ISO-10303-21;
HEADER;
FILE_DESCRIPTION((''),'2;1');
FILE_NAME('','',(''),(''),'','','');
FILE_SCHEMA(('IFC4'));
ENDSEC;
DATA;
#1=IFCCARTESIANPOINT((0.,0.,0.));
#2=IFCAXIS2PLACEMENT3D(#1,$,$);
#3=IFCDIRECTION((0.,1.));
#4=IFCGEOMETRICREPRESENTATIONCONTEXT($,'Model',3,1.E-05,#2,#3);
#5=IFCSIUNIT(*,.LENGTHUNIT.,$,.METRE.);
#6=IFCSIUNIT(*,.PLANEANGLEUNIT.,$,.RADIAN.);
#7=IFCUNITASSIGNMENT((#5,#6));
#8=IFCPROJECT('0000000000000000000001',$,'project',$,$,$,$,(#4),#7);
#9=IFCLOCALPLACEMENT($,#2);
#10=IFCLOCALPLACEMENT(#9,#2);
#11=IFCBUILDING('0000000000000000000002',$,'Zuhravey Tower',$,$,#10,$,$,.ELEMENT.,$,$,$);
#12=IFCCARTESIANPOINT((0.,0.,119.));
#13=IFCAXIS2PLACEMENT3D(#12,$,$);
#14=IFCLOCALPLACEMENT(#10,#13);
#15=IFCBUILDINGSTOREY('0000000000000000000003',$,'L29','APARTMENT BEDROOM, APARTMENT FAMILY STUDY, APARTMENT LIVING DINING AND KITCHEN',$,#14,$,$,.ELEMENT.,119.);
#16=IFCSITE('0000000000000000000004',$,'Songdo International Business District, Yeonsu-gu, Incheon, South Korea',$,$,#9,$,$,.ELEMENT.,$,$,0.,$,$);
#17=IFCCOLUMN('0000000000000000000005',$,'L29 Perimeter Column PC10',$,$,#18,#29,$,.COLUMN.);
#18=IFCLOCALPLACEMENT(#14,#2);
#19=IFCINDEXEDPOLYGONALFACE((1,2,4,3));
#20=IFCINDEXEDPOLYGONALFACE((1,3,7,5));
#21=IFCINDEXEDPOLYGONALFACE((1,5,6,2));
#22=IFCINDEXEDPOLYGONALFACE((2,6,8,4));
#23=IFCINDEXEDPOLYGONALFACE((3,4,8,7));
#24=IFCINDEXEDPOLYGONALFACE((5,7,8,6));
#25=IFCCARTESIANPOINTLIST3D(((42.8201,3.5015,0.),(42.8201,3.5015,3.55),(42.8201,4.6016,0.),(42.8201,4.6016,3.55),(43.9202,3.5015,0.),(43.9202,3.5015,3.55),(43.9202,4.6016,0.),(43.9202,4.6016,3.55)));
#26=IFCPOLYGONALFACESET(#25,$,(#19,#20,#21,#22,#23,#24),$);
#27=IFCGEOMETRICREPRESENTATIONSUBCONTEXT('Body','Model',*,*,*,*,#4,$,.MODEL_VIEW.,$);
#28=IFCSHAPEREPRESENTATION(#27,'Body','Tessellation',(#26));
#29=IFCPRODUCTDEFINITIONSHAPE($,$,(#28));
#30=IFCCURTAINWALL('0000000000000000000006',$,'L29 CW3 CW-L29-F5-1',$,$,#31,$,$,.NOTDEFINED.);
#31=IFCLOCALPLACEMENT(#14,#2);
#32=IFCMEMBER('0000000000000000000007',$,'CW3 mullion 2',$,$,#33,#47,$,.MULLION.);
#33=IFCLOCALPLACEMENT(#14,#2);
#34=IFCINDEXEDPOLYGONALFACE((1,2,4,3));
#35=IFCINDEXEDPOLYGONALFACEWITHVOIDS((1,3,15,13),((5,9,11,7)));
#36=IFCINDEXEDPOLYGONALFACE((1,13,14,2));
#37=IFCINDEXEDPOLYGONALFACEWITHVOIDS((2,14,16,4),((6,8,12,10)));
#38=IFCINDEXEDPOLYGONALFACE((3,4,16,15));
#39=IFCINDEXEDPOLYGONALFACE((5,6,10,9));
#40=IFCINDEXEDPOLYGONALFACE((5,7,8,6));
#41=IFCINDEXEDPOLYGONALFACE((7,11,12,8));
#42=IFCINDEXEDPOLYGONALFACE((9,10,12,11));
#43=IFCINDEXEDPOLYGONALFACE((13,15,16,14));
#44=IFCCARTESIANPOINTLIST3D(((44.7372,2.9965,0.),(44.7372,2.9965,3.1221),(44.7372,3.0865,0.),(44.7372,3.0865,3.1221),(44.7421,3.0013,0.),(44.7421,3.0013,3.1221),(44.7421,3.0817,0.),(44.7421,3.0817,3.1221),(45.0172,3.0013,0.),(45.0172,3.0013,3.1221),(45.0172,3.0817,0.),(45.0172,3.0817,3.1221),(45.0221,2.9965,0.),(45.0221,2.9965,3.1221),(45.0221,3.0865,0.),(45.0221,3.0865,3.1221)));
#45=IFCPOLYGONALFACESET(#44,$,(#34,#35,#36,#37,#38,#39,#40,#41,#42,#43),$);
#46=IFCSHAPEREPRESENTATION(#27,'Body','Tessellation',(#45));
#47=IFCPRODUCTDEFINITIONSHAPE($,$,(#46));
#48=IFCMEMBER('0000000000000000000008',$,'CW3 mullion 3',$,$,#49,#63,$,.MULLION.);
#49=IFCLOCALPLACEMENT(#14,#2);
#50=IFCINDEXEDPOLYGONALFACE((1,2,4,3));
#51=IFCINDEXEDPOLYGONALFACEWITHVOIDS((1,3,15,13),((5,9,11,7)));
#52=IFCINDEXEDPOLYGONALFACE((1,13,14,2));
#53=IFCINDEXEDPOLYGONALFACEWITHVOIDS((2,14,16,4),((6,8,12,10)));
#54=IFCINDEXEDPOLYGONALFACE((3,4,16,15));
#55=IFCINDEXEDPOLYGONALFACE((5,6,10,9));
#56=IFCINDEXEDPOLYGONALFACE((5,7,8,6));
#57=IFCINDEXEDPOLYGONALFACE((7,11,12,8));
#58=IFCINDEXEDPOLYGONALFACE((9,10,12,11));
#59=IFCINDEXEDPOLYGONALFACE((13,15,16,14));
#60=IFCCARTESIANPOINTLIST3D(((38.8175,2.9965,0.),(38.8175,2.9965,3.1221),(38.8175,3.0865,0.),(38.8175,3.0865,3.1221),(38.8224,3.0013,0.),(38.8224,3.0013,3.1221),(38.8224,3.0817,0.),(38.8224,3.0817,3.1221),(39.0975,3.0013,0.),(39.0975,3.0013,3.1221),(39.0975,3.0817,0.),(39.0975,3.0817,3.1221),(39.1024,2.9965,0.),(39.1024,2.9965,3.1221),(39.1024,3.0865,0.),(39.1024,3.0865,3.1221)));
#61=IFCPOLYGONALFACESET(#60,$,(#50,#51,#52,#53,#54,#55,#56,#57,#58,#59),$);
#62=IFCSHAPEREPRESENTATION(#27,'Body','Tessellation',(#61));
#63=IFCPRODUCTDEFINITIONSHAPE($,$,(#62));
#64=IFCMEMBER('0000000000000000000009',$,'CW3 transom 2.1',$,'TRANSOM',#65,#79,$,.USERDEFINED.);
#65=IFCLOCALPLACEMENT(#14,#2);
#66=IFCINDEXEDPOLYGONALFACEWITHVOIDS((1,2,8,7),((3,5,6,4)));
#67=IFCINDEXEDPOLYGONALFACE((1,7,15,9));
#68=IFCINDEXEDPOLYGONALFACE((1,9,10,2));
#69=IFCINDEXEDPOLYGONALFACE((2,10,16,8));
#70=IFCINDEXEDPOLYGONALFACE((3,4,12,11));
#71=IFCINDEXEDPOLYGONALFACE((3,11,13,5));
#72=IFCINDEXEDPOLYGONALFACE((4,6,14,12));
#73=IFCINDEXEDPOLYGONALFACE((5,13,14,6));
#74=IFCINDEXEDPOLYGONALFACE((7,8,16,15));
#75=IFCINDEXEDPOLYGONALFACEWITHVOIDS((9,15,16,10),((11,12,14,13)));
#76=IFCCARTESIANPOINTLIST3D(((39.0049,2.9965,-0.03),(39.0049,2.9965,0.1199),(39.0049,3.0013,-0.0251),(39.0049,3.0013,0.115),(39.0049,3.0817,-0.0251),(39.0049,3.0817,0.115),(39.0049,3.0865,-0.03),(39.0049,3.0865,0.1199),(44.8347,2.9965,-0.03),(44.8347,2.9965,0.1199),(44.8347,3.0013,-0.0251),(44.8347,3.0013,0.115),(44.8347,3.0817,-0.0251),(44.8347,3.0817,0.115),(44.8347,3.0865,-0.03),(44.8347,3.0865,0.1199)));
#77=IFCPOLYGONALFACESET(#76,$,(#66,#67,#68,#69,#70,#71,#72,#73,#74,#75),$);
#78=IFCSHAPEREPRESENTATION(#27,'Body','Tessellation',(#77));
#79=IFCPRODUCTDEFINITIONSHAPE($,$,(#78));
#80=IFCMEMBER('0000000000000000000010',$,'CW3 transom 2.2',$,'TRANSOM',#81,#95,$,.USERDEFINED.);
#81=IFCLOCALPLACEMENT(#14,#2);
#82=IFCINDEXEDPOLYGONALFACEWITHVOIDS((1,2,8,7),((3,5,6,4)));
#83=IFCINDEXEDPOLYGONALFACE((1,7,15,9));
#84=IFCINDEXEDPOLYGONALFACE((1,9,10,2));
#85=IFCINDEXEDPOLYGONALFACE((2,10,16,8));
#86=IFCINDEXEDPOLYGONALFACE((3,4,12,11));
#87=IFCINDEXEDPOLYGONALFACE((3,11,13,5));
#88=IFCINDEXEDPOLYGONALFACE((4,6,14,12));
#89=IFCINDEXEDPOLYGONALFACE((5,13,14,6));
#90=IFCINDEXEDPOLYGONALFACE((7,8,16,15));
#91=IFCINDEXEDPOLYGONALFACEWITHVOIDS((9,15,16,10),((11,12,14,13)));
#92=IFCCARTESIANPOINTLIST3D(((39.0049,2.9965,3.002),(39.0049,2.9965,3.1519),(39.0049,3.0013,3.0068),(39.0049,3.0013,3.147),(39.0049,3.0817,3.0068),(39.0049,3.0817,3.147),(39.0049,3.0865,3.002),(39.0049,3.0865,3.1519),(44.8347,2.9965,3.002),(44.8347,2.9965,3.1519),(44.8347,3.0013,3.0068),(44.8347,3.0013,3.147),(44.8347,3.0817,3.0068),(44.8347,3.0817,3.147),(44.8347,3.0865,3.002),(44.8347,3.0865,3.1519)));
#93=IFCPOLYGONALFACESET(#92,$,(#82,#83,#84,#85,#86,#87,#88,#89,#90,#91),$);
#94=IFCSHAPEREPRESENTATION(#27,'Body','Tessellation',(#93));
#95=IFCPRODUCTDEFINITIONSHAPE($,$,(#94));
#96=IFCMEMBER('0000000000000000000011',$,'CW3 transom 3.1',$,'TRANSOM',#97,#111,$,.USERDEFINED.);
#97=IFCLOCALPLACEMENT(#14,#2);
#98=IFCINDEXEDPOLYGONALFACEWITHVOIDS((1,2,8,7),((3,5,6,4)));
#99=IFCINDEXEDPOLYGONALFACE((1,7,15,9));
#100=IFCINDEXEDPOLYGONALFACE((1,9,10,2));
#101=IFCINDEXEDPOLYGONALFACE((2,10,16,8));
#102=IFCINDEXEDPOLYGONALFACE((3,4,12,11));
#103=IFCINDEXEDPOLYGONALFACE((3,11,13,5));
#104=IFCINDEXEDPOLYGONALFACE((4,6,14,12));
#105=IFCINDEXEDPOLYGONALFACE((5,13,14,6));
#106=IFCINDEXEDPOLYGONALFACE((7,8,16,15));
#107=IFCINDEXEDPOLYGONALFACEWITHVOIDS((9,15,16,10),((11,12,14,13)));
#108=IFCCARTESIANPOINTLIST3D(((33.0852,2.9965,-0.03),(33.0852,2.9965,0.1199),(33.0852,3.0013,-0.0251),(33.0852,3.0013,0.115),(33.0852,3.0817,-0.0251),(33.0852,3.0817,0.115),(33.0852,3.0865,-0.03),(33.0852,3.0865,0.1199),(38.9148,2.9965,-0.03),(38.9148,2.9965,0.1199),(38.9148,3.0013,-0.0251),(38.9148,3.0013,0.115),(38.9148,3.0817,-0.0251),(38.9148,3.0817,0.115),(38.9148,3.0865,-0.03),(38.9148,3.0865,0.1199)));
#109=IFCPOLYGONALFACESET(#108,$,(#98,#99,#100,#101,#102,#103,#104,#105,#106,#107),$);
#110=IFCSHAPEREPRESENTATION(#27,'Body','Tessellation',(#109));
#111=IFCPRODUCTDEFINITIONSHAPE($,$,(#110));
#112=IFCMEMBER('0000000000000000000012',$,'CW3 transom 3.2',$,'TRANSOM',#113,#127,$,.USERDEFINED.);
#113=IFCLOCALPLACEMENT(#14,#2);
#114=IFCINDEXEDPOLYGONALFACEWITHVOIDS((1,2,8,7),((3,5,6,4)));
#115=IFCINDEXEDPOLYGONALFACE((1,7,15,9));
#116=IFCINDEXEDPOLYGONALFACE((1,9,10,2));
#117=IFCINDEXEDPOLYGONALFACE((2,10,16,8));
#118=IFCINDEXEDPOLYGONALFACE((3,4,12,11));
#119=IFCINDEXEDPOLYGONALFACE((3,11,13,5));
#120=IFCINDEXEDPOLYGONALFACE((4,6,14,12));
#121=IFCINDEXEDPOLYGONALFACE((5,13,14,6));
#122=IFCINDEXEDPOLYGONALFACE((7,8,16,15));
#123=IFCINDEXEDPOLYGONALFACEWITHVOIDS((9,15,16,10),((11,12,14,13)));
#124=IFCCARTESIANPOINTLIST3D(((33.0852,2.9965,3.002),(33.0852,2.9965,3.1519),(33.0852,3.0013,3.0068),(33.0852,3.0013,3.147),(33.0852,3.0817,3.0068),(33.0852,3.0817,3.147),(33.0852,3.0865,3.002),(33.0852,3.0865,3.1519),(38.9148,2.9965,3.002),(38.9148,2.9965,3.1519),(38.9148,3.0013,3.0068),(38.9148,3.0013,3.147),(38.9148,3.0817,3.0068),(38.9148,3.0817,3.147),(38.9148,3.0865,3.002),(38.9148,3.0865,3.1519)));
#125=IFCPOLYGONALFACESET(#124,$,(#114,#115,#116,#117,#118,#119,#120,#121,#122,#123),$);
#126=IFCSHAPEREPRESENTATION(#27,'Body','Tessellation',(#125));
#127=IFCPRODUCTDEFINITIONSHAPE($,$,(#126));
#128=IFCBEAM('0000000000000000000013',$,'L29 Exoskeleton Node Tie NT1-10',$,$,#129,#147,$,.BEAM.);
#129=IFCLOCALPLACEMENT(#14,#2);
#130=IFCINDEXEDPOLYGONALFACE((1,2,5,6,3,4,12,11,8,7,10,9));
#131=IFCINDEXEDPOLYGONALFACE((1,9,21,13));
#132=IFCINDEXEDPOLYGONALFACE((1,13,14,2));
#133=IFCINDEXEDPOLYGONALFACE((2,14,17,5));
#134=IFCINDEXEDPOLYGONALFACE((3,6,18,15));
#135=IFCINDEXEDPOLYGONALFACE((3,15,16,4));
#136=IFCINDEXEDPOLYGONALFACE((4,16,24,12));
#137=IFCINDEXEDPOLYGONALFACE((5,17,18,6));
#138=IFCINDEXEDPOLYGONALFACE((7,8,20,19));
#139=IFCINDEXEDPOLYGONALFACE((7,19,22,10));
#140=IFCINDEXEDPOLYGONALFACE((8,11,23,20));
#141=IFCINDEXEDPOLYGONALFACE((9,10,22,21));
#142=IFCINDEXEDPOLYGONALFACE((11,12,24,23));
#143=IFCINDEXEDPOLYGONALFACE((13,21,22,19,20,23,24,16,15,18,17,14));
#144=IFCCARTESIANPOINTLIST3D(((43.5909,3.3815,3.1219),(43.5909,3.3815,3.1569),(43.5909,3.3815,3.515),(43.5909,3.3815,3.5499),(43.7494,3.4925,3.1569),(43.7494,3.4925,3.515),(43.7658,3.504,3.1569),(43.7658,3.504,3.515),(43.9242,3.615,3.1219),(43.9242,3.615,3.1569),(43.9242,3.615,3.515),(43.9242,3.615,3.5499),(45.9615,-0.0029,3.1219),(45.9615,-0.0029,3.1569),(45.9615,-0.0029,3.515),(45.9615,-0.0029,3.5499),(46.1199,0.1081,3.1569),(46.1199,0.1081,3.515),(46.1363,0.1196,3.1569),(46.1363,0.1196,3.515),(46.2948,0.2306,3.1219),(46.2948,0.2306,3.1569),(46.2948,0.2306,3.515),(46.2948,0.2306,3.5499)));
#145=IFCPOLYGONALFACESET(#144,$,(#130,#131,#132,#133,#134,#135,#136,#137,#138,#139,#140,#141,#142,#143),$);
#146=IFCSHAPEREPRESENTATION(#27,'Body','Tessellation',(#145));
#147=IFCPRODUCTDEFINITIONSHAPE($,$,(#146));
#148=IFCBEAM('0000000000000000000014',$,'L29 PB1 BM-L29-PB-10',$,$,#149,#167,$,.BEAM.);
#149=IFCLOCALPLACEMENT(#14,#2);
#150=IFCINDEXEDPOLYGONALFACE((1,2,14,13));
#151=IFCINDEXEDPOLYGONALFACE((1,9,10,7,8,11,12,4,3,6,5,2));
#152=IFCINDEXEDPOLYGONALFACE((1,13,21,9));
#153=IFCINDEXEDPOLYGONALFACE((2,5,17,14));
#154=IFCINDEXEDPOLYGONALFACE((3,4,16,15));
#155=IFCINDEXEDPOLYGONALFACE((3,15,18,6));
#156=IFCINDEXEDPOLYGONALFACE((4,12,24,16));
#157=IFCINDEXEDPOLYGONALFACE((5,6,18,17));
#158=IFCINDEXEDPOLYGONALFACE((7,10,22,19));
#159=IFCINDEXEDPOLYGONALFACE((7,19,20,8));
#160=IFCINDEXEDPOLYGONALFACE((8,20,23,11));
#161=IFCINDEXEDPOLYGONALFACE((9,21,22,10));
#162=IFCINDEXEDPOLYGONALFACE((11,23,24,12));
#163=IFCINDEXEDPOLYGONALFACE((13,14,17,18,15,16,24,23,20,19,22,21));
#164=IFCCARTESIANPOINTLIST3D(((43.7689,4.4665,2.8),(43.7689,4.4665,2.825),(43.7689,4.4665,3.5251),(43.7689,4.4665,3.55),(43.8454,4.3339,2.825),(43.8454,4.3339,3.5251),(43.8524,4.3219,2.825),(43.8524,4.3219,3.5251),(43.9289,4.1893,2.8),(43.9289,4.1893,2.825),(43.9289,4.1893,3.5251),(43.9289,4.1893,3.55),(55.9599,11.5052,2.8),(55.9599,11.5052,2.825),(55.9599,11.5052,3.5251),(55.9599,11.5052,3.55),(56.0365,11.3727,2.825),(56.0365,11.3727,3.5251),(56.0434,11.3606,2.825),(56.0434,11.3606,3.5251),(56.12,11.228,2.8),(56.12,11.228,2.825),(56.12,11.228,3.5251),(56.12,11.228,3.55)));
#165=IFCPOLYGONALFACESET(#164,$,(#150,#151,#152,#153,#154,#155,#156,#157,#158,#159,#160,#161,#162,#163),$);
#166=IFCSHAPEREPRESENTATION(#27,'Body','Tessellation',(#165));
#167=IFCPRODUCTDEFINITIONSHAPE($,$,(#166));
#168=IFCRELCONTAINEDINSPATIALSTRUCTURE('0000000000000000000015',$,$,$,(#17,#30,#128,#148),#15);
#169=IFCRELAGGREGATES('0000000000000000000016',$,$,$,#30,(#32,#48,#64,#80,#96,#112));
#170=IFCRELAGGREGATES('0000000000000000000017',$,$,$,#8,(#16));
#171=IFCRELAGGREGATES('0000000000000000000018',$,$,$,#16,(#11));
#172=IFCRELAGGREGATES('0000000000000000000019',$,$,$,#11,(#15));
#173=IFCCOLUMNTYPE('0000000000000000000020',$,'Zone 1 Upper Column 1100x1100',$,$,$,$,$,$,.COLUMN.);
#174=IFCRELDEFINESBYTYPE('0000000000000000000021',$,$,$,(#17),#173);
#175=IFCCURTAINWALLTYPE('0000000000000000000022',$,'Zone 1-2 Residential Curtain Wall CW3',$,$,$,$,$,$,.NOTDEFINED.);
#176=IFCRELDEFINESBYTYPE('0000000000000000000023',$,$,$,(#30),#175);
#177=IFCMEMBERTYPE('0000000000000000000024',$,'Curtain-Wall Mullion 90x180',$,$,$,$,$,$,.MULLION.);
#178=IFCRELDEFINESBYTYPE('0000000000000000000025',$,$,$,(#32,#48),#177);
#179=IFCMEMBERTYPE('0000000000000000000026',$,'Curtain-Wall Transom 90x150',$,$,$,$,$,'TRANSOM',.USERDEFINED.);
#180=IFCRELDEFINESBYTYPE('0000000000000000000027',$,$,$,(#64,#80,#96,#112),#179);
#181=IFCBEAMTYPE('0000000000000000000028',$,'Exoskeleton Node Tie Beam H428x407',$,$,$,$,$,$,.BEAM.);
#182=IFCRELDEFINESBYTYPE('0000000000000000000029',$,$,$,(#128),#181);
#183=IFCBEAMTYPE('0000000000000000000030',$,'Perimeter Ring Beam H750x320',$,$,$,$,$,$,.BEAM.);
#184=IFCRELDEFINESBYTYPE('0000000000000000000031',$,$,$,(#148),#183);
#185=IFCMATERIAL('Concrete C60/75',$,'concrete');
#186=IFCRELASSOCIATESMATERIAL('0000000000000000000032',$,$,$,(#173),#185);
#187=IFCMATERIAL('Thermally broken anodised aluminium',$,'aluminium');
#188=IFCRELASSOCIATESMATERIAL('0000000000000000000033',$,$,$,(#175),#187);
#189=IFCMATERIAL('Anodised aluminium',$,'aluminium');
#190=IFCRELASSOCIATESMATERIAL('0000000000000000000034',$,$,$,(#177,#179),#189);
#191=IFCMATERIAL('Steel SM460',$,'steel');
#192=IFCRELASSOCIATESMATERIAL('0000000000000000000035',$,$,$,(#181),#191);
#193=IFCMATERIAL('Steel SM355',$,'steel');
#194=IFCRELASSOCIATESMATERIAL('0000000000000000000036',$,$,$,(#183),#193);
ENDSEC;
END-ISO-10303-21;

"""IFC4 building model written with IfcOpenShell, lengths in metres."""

from ifc_helpers import new_model, si_unit, direction, frame, origin, origin_2d, place, context, subcontext, project, spatial, rectangle, hollow_rectangle, i_section, extrude, material, material_profile, profile_set, type_object, element, aggregate, save


model = new_model("IFC4")

# Units and contexts
model_context = context("Model", 3, precision=1e-05, world=origin(), true_north=direction((0.0, 1.0)))
body_context = subcontext(model_context, "Body", "Model", "MODEL_VIEW")
ifc_project = project(units=[si_unit("LENGTHUNIT", "METRE"), si_unit("PLANEANGLEUNIT", "RADIAN")], contexts=[model_context])

# Site, building, storey
site_placement = place(None, origin())
site = spatial("IfcSite", under=ifc_project, at=site_placement, Name="Songdo International Business District, Yeonsu-gu, Incheon, South Korea", CompositionType="ELEMENT", RefElevation=0.0)
building_placement = place(site_placement, origin())
building = spatial("IfcBuilding", under=site, at=building_placement, Name="Zuhravey Tower", CompositionType="ELEMENT")
storey_placement = place(building_placement, frame((0.0, 0.0, 119.0)))
storey = spatial("IfcBuildingStorey", under=building, at=storey_placement, Name="L29", Description="APARTMENT BEDROOM, APARTMENT FAMILY STUDY, APARTMENT LIVING DINING AND KITCHEN", CompositionType="ELEMENT", Elevation=119.0)

# Column
ifc_material_1 = material(Name="Concrete C60/75", Category="concrete")
ifc_material_profile_1 = material_profile(ifc_material_1, rectangle(XDim=1.1001, YDim=1.1001, at=origin_2d()), Name="RC-1100x1100")
ifc_profile_set_1 = profile_set([ifc_material_profile_1], Name="Concrete C60/75")
column_type = type_object("IfcColumnType", Name="Zone 1 Upper Column 1100x1100", PredefinedType="COLUMN", material=ifc_profile_set_1)
column_placement = place(storey_placement, frame((43.3701, 4.0515, 0.0), z_axis=(0.0, 0.0, 1.0), x_axis=(1.0, 0.0, 0.0)))
element("IfcColumn", 1, at=column_placement, inside=storey, type_object=column_type, Name="L29 Perimeter Column PC10", PredefinedType="COLUMN", context=body_context, shape_type="SweptSolid", body=[
    extrude(rectangle(XDim=1.1001, YDim=1.1001, at=origin_2d()), origin(), (0.0, 0.0, 1.0), 3.55),
])

# Curtain wall, members
ifc_material_2 = material(Name="Thermally broken anodised aluminium", Category="aluminium")
curtain_wall_type = type_object("IfcCurtainWallType", Name="Zone 1-2 Residential Curtain Wall CW3", PredefinedType="NOTDEFINED", material=ifc_material_2)
curtain_wall_placement = place(storey_placement, origin())
curtain_wall = element("IfcCurtainWall", 2, at=curtain_wall_placement, inside=storey, type_object=curtain_wall_type, Name="L29 CW3 CW-L29-F5-1", PredefinedType="NOTDEFINED")
ifc_material_3 = material(Name="Anodised aluminium", Category="aluminium")
ifc_material_profile_2 = material_profile(ifc_material_3, hollow_rectangle(XDim=0.0901, YDim=0.2849, WallThickness=0.0049, at=origin_2d()), Name="ALU-RHS-90x285x5")
ifc_profile_set_2 = profile_set([ifc_material_profile_2], Name="Anodised aluminium")
member_type_1 = type_object("IfcMemberType", Name="Curtain-Wall Mullion 90x180", PredefinedType="MULLION", material=ifc_profile_set_2)
member_1_placement = place(storey_placement, frame((44.8796, 3.0415, 0.0), z_axis=(0.0, 0.0, 1.0), x_axis=(0.0, -1.0, 0.0)))
member_1 = element("IfcMember", 3, at=member_1_placement, type_object=member_type_1, Name="CW3 mullion 2", PredefinedType="MULLION", context=body_context, shape_type="SweptSolid", body=[
    extrude(hollow_rectangle(XDim=0.0901, YDim=0.2849, WallThickness=0.0049, at=origin_2d()), origin(), (0.0, 0.0, 1.0), 3.1221),
])
member_2_placement = place(storey_placement, frame((38.96, 3.0415, 0.0), z_axis=(0.0, 0.0, 1.0), x_axis=(0.0, -1.0, 0.0)))
member_2 = element("IfcMember", 4, at=member_2_placement, type_object=member_type_1, Name="CW3 mullion 3", PredefinedType="MULLION", context=body_context, shape_type="SweptSolid", body=[
    extrude(hollow_rectangle(XDim=0.0901, YDim=0.2849, WallThickness=0.0049, at=origin_2d()), origin(), (0.0, 0.0, 1.0), 3.1221),
])
ifc_material_profile_3 = material_profile(ifc_material_3, hollow_rectangle(XDim=0.0901, YDim=0.1499, WallThickness=0.0049, at=origin_2d()), Name="ALU-RHS-90x150x5")
ifc_profile_set_3 = profile_set([ifc_material_profile_3], Name="Anodised aluminium")
member_type_2 = type_object("IfcMemberType", Name="Curtain-Wall Transom 90x150", ElementType="TRANSOM", PredefinedType="USERDEFINED", material=ifc_profile_set_3)
member_3_placement = place(storey_placement, frame((44.8347, 3.0415, 0.0449), z_axis=(-1.0, 0.0, 0.0), x_axis=(0.0, -1.0, 0.0)))
member_3 = element("IfcMember", 5, at=member_3_placement, type_object=member_type_2, Name="CW3 transom 2.1", ObjectType="TRANSOM", PredefinedType="USERDEFINED", context=body_context, shape_type="SweptSolid", body=[
    extrude(hollow_rectangle(XDim=0.0901, YDim=0.1499, WallThickness=0.0049, at=origin_2d()), origin(), (0.0, 0.0, 1.0), 5.8298),
])
member_4_placement = place(storey_placement, frame((44.8347, 3.0415, 3.0769), z_axis=(-1.0, 0.0, 0.0), x_axis=(0.0, -1.0, 0.0)))
member_4 = element("IfcMember", 6, at=member_4_placement, type_object=member_type_2, Name="CW3 transom 2.2", ObjectType="TRANSOM", PredefinedType="USERDEFINED", context=body_context, shape_type="SweptSolid", body=[
    extrude(hollow_rectangle(XDim=0.0901, YDim=0.1499, WallThickness=0.0049, at=origin_2d()), origin(), (0.0, 0.0, 1.0), 5.8298),
])
member_5_placement = place(storey_placement, frame((38.9148, 3.0415, 0.0449), z_axis=(-1.0, 0.0, 0.0), x_axis=(0.0, -1.0, 0.0)))
member_5 = element("IfcMember", 7, at=member_5_placement, type_object=member_type_2, Name="CW3 transom 3.1", ObjectType="TRANSOM", PredefinedType="USERDEFINED", context=body_context, shape_type="SweptSolid", body=[
    extrude(hollow_rectangle(XDim=0.0901, YDim=0.1499, WallThickness=0.0049, at=origin_2d()), origin(), (0.0, 0.0, 1.0), 5.8296),
])
member_6_placement = place(storey_placement, frame((38.9148, 3.0415, 3.0769), z_axis=(-1.0, 0.0, 0.0), x_axis=(0.0, -1.0, 0.0)))
member_6 = element("IfcMember", 8, at=member_6_placement, type_object=member_type_2, Name="CW3 transom 3.2", ObjectType="TRANSOM", PredefinedType="USERDEFINED", context=body_context, shape_type="SweptSolid", body=[
    extrude(hollow_rectangle(XDim=0.0901, YDim=0.1499, WallThickness=0.0049, at=origin_2d()), origin(), (0.0, 0.0, 1.0), 5.8296),
])

# Beams
ifc_material_4 = material(Name="Steel SM460", Category="steel")
ifc_material_profile_4 = material_profile(ifc_material_4, i_section(OverallWidth=0.407, OverallDepth=0.428, WebThickness=0.02, FlangeThickness=0.0349, at=origin_2d()), Name="H-428x407x20x35")
ifc_profile_set_4 = profile_set([ifc_material_profile_4], Name="Steel SM460")
beam_type_1 = type_object("IfcBeamType", Name="Exoskeleton Node Tie Beam H428x407", PredefinedType="BEAM", material=ifc_profile_set_4)
beam_1_placement = place(storey_placement, frame((43.7576, 3.4983, 3.3359), z_axis=(0.573696, -0.819068, 0.0), x_axis=(0.819068, 0.573696, 0.0)))
element("IfcBeam", 9, at=beam_1_placement, inside=storey, type_object=beam_type_1, Name="L29 Exoskeleton Node Tie NT1-10", PredefinedType="BEAM", context=body_context, shape_type="SweptSolid", body=[
    extrude(i_section(OverallWidth=0.407, OverallDepth=0.428, WebThickness=0.02, FlangeThickness=0.0349, at=origin_2d()), origin(), (0.0, 0.0, 1.0), 4.1321),
])
ifc_material_5 = material(Name="Steel SM355", Category="steel")
ifc_material_profile_5 = material_profile(ifc_material_5, i_section(OverallWidth=0.3201, OverallDepth=0.75, WebThickness=0.0139, FlangeThickness=0.0249, at=origin_2d()), Name="H-750x320x14x25")
ifc_profile_set_5 = profile_set([ifc_material_profile_5], Name="Steel SM355")
beam_type_2 = type_object("IfcBeamType", Name="Perimeter Ring Beam H750x320", PredefinedType="BEAM", material=ifc_profile_set_5)
beam_2_placement = place(storey_placement, frame((43.8489, 4.3279, 3.175), z_axis=(0.866018, 0.500013, 0.0), x_axis=(-0.500013, 0.866018, 0.0)))
element("IfcBeam", 10, at=beam_2_placement, inside=storey, type_object=beam_type_2, Name="L29 PB1 BM-L29-PB-10", PredefinedType="BEAM", context=body_context, shape_type="SweptSolid", body=[
    extrude(i_section(OverallWidth=0.3201, OverallDepth=0.75, WebThickness=0.0139, FlangeThickness=0.0249, at=origin_2d()), origin(), (0.0, 0.0, 1.0), 14.0771),
])

aggregate(curtain_wall, [member_1, member_2, member_3, member_4, member_5, member_6])

save(model, "model.ifc")
